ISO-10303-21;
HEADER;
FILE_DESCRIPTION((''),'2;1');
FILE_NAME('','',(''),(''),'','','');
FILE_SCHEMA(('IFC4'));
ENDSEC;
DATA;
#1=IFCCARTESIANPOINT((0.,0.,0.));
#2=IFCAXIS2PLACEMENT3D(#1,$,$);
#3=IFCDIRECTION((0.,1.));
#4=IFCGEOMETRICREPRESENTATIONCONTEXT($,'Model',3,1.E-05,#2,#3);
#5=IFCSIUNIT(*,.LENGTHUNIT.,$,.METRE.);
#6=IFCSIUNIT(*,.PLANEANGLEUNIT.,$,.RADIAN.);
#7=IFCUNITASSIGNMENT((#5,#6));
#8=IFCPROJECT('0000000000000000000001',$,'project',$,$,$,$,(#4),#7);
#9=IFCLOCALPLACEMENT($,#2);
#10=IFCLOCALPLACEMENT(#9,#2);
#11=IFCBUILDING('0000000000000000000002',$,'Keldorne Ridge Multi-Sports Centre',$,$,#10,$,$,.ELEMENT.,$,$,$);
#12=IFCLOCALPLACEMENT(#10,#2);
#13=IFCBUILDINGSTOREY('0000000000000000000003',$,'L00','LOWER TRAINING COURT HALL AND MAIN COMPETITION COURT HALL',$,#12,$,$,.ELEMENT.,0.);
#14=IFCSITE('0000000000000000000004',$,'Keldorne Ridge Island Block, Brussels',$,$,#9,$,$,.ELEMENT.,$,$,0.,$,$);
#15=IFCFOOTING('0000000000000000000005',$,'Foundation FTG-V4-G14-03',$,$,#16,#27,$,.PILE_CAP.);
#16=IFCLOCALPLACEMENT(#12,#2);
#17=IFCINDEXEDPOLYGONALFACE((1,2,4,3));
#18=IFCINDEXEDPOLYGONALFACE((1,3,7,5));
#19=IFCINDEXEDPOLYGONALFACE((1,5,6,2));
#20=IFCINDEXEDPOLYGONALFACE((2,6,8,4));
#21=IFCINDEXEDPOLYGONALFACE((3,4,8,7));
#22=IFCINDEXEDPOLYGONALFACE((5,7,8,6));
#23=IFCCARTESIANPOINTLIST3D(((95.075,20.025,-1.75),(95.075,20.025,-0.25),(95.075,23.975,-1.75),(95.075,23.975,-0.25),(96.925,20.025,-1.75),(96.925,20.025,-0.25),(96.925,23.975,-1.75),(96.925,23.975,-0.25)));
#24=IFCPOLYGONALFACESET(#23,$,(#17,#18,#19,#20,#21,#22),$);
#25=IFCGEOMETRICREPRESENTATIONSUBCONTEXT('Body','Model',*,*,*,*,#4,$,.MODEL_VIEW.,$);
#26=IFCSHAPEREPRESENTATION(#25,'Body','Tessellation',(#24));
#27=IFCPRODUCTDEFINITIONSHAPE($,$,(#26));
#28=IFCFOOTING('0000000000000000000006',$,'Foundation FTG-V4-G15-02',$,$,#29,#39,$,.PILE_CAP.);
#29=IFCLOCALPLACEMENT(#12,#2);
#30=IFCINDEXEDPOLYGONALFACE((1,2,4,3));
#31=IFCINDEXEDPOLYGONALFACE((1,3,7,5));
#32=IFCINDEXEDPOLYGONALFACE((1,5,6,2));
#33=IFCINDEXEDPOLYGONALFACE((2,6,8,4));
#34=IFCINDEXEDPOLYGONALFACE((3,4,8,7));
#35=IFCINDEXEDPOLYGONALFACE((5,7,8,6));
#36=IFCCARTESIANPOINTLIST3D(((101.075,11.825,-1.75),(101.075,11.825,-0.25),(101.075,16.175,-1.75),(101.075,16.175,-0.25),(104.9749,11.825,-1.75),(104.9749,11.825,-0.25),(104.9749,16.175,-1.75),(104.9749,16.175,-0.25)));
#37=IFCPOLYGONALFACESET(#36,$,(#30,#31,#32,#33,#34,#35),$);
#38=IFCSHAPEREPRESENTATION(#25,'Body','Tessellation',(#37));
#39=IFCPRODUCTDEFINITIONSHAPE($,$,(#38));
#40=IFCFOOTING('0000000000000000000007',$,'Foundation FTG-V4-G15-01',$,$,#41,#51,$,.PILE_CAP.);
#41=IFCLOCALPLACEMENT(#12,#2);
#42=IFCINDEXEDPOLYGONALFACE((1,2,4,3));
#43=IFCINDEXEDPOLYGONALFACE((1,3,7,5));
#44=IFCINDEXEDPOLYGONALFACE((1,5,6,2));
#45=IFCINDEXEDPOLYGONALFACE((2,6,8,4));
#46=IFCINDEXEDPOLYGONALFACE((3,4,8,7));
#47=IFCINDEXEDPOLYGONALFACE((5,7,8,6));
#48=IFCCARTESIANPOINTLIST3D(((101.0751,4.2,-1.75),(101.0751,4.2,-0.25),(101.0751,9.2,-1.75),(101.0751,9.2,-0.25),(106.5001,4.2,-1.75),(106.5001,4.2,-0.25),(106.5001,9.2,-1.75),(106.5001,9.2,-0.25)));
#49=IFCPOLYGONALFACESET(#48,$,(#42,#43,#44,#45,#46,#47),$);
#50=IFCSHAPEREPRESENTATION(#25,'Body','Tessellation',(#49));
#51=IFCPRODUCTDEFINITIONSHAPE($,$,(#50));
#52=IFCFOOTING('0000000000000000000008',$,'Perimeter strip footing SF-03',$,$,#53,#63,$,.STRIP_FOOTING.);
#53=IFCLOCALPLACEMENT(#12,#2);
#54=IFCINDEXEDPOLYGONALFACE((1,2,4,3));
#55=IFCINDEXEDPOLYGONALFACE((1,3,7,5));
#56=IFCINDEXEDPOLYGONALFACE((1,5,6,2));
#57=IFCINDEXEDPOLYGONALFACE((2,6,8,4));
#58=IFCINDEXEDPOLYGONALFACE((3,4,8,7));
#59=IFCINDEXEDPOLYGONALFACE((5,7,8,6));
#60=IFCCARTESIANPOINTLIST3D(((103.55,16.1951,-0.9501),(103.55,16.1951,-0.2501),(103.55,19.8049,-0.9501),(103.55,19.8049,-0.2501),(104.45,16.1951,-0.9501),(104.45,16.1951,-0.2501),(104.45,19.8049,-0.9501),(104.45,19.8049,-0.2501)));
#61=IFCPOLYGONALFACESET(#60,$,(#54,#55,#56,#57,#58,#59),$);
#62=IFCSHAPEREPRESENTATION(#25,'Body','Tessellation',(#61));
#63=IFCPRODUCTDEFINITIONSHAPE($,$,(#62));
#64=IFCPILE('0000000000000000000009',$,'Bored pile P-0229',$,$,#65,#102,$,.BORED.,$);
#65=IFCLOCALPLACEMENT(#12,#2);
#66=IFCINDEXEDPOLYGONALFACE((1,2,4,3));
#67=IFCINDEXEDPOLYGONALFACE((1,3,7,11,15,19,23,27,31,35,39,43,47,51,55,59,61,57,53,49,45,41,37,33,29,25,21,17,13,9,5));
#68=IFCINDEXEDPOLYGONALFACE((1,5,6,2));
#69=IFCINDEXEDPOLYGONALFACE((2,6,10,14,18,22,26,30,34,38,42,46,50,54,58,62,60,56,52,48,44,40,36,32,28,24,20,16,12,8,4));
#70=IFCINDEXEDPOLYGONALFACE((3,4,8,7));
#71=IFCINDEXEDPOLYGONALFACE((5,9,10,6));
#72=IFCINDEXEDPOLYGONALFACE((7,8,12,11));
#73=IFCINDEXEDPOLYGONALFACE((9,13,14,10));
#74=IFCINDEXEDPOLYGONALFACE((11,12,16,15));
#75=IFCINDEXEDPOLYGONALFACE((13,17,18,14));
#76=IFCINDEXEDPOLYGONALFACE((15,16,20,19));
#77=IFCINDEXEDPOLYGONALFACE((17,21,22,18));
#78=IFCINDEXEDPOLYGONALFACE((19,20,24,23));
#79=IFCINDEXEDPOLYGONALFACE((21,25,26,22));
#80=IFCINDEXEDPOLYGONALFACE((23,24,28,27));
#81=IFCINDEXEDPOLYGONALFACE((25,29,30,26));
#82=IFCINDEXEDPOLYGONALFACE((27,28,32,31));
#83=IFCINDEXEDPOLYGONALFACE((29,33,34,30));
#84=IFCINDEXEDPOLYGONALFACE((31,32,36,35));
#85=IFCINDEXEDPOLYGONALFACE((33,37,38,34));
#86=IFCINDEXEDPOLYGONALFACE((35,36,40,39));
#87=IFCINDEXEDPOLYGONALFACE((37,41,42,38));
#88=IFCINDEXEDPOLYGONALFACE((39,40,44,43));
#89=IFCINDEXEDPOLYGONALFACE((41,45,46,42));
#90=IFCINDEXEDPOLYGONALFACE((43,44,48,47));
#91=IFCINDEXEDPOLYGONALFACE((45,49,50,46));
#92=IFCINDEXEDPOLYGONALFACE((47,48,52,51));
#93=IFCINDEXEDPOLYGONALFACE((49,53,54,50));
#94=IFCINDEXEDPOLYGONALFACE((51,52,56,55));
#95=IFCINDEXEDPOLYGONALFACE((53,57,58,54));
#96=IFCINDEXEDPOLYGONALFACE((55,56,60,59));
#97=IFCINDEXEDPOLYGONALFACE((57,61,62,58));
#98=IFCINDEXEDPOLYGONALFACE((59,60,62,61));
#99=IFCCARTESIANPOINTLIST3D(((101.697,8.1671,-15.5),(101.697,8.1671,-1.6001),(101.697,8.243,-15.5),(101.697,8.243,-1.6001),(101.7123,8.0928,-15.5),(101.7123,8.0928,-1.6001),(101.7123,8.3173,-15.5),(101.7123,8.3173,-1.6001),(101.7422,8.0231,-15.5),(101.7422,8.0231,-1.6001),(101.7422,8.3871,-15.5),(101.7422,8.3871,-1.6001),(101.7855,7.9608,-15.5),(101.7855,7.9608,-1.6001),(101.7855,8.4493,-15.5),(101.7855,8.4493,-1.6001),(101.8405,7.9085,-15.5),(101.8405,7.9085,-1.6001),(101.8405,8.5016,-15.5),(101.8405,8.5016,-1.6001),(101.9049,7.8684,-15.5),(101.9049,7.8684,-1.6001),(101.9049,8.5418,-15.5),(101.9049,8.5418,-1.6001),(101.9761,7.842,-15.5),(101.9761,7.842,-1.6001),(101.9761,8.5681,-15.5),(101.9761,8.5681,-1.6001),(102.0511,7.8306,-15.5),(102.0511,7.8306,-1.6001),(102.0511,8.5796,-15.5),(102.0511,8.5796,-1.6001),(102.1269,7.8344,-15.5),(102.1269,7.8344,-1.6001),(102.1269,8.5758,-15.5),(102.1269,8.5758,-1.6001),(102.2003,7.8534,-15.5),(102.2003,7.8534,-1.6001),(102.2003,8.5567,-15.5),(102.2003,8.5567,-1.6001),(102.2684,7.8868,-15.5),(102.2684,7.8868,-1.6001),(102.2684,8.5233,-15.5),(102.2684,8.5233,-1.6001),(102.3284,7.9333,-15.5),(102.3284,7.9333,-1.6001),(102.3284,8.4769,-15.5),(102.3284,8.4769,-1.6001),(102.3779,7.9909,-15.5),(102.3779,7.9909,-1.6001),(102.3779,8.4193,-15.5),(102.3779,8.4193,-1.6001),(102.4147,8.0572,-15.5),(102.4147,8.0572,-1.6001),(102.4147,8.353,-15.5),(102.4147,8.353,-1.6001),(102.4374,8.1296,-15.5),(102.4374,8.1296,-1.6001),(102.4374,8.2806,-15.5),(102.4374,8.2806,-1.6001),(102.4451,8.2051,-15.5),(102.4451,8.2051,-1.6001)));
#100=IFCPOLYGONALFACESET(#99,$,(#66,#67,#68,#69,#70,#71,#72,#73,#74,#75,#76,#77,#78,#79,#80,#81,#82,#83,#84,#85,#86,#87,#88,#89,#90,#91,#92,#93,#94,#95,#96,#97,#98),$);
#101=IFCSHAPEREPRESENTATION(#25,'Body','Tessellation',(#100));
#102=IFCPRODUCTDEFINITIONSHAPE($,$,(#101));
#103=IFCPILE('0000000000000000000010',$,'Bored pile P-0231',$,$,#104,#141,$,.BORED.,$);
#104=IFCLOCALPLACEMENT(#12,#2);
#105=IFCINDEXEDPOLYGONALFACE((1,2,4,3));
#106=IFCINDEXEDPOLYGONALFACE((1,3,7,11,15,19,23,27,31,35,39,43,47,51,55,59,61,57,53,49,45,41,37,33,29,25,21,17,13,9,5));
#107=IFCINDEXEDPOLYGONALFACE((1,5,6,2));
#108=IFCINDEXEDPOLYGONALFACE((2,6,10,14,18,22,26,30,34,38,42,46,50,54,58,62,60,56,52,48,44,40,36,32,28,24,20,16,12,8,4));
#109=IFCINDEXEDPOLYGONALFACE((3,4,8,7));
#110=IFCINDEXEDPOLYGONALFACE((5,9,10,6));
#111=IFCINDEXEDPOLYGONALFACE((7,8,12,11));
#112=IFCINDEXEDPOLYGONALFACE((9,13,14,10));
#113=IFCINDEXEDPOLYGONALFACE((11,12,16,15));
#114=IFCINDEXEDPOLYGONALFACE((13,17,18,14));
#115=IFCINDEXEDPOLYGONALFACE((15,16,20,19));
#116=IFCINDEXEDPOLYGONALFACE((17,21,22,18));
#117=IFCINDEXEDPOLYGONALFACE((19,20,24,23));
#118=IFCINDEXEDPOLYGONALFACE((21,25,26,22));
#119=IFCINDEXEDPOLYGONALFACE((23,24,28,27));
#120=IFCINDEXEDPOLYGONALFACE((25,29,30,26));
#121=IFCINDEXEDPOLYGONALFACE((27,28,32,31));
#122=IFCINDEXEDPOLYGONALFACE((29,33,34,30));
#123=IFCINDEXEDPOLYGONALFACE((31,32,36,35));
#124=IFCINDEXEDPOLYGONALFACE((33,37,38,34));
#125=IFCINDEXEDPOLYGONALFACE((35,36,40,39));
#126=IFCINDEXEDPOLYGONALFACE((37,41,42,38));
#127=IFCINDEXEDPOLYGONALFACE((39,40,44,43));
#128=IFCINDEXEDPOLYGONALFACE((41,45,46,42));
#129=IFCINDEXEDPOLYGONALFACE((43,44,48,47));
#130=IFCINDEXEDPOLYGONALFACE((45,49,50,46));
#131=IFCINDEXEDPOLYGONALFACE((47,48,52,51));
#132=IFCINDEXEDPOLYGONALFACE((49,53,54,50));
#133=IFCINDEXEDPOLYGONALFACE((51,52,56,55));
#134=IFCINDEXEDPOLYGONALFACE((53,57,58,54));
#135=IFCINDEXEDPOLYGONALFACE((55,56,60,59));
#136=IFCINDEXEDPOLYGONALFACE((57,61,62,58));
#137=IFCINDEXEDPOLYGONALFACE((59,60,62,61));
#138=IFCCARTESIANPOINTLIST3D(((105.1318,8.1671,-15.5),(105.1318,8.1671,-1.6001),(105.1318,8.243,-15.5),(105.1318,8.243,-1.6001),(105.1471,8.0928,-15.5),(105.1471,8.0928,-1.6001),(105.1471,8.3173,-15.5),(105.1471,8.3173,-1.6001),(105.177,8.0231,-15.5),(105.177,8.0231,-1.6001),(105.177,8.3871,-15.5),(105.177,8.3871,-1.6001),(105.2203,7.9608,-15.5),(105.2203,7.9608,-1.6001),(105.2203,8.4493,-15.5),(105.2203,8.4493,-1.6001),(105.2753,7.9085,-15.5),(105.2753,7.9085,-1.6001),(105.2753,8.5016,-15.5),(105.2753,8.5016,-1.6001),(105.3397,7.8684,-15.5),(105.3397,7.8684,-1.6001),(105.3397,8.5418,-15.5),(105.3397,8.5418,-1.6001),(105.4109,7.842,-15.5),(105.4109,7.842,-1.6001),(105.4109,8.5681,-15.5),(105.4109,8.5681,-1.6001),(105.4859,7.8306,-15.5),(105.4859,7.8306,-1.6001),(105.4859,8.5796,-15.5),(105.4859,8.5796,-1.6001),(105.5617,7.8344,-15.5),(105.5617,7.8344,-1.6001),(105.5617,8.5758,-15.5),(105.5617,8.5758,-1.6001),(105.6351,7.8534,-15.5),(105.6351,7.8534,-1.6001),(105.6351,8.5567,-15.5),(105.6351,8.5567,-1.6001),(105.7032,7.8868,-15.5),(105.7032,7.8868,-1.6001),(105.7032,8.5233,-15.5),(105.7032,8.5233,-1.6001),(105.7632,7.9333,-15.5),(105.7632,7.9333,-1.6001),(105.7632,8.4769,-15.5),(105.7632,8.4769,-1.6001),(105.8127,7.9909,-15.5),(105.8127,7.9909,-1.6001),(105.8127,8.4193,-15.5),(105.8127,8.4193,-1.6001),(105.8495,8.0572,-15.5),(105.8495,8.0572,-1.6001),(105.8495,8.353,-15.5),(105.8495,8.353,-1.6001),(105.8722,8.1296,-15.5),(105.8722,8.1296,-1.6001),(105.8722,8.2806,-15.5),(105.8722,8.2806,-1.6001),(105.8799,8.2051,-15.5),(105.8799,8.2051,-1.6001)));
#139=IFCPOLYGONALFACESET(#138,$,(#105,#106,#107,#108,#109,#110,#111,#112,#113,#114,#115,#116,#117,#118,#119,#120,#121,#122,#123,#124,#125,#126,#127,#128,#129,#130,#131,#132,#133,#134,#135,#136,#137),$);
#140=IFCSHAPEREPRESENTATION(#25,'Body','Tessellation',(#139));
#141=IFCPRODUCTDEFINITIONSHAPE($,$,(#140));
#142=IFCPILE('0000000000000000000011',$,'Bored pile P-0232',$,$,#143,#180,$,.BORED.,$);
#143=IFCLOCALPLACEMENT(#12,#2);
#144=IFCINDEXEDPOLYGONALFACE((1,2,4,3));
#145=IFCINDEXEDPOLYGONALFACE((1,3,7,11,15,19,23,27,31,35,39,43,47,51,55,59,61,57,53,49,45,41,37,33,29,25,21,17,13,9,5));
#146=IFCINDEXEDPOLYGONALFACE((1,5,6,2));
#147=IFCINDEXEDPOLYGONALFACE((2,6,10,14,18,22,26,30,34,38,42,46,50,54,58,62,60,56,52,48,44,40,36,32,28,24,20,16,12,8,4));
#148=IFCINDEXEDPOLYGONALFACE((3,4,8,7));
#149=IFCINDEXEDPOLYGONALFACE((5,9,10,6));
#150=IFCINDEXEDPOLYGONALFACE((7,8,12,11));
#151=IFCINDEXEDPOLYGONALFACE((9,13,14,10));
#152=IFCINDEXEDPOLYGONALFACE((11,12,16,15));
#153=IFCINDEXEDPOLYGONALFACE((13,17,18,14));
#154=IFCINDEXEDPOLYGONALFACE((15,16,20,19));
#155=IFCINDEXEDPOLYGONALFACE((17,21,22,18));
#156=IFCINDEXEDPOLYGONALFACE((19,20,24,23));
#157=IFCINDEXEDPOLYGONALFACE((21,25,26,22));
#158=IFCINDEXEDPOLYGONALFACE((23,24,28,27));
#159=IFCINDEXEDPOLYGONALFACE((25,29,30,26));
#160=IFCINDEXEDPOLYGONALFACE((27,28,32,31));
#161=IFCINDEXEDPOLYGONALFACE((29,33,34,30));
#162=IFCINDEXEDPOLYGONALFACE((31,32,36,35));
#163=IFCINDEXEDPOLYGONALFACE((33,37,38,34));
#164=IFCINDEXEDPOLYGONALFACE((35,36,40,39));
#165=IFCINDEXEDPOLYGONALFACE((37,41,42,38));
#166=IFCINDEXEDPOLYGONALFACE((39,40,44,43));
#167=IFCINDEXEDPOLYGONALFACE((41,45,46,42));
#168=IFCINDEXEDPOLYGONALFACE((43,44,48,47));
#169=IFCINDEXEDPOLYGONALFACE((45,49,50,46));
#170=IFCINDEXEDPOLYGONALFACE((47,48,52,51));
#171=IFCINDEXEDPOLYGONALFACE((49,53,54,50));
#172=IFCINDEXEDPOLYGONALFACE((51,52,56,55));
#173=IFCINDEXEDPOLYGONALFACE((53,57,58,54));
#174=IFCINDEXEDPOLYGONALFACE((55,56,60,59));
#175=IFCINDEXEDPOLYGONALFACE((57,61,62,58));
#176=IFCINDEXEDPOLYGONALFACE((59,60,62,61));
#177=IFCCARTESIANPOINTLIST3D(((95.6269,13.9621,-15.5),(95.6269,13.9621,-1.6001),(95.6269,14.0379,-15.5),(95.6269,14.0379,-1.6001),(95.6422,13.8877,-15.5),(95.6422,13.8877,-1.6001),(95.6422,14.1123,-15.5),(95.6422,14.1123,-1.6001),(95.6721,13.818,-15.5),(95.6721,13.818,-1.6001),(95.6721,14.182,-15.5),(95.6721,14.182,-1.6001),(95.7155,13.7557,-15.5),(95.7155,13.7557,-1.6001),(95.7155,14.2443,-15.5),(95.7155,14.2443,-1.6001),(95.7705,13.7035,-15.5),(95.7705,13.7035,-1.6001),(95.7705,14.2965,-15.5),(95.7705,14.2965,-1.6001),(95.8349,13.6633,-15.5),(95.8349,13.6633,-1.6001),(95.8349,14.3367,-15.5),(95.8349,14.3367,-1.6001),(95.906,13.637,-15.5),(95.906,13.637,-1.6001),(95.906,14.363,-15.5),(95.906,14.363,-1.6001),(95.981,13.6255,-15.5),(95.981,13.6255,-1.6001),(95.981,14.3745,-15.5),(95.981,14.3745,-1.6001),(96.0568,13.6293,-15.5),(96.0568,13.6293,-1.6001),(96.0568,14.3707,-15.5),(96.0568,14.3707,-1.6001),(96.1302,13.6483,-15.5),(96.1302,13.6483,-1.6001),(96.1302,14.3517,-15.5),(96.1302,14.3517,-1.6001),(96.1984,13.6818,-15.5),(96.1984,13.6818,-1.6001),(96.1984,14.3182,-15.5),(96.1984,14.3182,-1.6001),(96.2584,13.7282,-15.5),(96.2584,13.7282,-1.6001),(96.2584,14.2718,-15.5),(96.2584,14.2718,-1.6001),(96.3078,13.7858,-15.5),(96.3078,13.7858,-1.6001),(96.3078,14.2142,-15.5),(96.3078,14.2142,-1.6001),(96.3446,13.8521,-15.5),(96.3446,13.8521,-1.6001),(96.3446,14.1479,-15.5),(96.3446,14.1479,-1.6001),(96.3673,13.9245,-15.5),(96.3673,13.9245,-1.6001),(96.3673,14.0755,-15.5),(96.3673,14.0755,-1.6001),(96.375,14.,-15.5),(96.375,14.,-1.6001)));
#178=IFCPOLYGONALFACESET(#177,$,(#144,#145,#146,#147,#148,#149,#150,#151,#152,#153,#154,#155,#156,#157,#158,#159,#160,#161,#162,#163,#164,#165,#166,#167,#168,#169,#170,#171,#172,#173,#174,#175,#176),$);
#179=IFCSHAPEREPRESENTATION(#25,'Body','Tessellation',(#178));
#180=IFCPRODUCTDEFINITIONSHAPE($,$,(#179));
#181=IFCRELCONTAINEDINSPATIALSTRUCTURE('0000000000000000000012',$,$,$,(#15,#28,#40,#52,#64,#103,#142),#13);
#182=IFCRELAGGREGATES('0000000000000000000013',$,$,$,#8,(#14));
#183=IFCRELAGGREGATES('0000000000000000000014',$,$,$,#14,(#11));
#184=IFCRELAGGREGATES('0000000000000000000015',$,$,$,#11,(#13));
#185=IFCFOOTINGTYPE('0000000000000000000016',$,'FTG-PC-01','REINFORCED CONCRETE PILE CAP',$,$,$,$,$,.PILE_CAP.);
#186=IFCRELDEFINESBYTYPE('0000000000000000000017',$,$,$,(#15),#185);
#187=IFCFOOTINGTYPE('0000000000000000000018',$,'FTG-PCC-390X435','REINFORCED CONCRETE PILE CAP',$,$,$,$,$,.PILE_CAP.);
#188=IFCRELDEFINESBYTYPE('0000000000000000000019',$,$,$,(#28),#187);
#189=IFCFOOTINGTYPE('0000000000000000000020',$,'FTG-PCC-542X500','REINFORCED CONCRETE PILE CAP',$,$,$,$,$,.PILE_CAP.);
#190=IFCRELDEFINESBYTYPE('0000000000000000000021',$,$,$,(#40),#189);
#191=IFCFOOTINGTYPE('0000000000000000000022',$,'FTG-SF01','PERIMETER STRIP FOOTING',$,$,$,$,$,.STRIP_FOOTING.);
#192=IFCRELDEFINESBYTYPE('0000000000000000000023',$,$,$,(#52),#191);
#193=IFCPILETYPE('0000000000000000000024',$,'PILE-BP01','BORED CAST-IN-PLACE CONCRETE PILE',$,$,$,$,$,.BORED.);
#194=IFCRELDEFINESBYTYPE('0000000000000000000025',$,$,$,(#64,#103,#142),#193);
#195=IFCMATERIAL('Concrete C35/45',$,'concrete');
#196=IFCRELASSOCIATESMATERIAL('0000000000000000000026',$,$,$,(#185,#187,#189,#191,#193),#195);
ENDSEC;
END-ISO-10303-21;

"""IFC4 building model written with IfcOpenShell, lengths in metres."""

from ifc_helpers import new_model, si_unit, direction, frame, origin, origin_2d, place, context, subcontext, project, spatial, rectangle, circle, extrude, material, material_profile, profile_set, type_object, element, save


model = new_model("IFC4")

# Units and contexts
model_context = context("Model", 3, precision=1e-05, world=origin(), true_north=direction((0.0, 1.0)))
body_context = subcontext(model_context, "Body", "Model", "MODEL_VIEW")
ifc_project = project(units=[si_unit("LENGTHUNIT", "METRE"), si_unit("PLANEANGLEUNIT", "RADIAN")], contexts=[model_context])

# Site, building, storey
site_placement = place(None, origin())
site = spatial("IfcSite", under=ifc_project, at=site_placement, Name="Keldorne Ridge Island Block, Brussels", CompositionType="ELEMENT", RefElevation=0.0)
building_placement = place(site_placement, origin())
building = spatial("IfcBuilding", under=site, at=building_placement, Name="Keldorne Ridge Multi-Sports Centre", CompositionType="ELEMENT")
storey_placement = place(building_placement, origin())
storey = spatial("IfcBuildingStorey", under=building, at=storey_placement, Name="L00", Description="LOWER TRAINING COURT HALL AND MAIN COMPETITION COURT HALL", CompositionType="ELEMENT", Elevation=0.0)

# Footings
ifc_material_1 = material(Name="Concrete C35/45", Category="concrete")
footing_type_1 = type_object("IfcFootingType", Name="FTG-PC-01", Description="REINFORCED CONCRETE PILE CAP", PredefinedType="PILE_CAP", material=ifc_material_1)
footing_1_placement = place(storey_placement, frame((96.0, 22.0, -1.75), z_axis=(0.0, 0.0, 1.0), x_axis=(1.0, 0.0, 0.0)))
element("IfcFooting", 1, at=footing_1_placement, inside=storey, type_object=footing_type_1, Name="Foundation FTG-V4-G14-03", PredefinedType="PILE_CAP", context=body_context, shape_type="SweptSolid", body=[
    extrude(rectangle(XDim=1.8501, YDim=3.95, at=origin_2d()), origin(), (0.0, 0.0, 1.0), 1.5),
])
footing_type_2 = type_object("IfcFootingType", Name="FTG-PCC-390X435", Description="REINFORCED CONCRETE PILE CAP", PredefinedType="PILE_CAP", material=ifc_material_1)
footing_2_placement = place(storey_placement, frame((103.0249, 14.0, -1.75), z_axis=(0.0, 0.0, 1.0), x_axis=(1.0, 0.0, 0.0)))
element("IfcFooting", 2, at=footing_2_placement, inside=storey, type_object=footing_type_2, Name="Foundation FTG-V4-G15-02", PredefinedType="PILE_CAP", context=body_context, shape_type="SweptSolid", body=[
    extrude(rectangle(XDim=3.8999, YDim=4.3501, at=origin_2d()), origin(), (0.0, 0.0, 1.0), 1.5),
])
footing_type_3 = type_object("IfcFootingType", Name="FTG-PCC-542X500", Description="REINFORCED CONCRETE PILE CAP", PredefinedType="PILE_CAP", material=ifc_material_1)
footing_3_placement = place(storey_placement, frame((103.7876, 6.7, -1.75), z_axis=(0.0, 0.0, 1.0), x_axis=(1.0, 0.0, 0.0)))
element("IfcFooting", 3, at=footing_3_placement, inside=storey, type_object=footing_type_3, Name="Foundation FTG-V4-G15-01", PredefinedType="PILE_CAP", context=body_context, shape_type="SweptSolid", body=[
    extrude(rectangle(XDim=5.425, YDim=5.0, at=origin_2d()), origin(), (0.0, 0.0, 1.0), 1.5),
])
ifc_material_profile_1 = material_profile(ifc_material_1, rectangle(XDim=0.8999, YDim=0.7, at=origin_2d()), Name="SF 900x700")
ifc_profile_set_1 = profile_set([ifc_material_profile_1], Name="Concrete C35/45")
footing_type_4 = type_object("IfcFootingType", Name="FTG-SF01", Description="PERIMETER STRIP FOOTING", PredefinedType="STRIP_FOOTING", material=ifc_profile_set_1)
footing_4_placement = place(storey_placement, frame((104.0, 16.1951, -0.6001), z_axis=(0.0, 1.0, 0.0), x_axis=(-1.0, 0.0, 0.0)))
element("IfcFooting", 4, at=footing_4_placement, inside=storey, type_object=footing_type_4, Name="Perimeter strip footing SF-03", PredefinedType="STRIP_FOOTING", context=body_context, shape_type="SweptSolid", body=[
    extrude(rectangle(XDim=0.8999, YDim=0.7, at=origin_2d()), origin(), (0.0, 0.0, 1.0), 3.6099),
])

# Piles
ifc_material_profile_2 = material_profile(ifc_material_1, circle(Radius=0.375, at=origin_2d()), Name="BORED PILE D750")
ifc_profile_set_2 = profile_set([ifc_material_profile_2], Name="Concrete C35/45")
pile_type = type_object("IfcPileType", Name="PILE-BP01", Description="BORED CAST-IN-PLACE CONCRETE PILE", PredefinedType="BORED", material=ifc_profile_set_2)
for number, where, z_axis, x_axis, name in (
    (5, (102.0701, 8.2051, -1.6001), (0.0, 0.0, -1.0), (1.0, 0.0, 0.0), "Bored pile P-0229"),
    (6, (105.5049, 8.2051, -1.6001), (0.0, 0.0, -1.0), (1.0, 0.0, 0.0), "Bored pile P-0231"),
    (7, (96.0, 14.0, -1.6001), (0.0, 0.0, -1.0), (1.0, 0.0, 0.0), "Bored pile P-0232"),
):
    element("IfcPile", number, at=place(storey_placement, frame(where, z_axis=z_axis, x_axis=x_axis)), inside=storey, type_object=pile_type, Name=name, PredefinedType="BORED", context=body_context, shape_type="SweptSolid", body=[
        extrude(circle(Radius=0.375, at=origin_2d()), origin(), (0.0, 0.0, 1.0), 13.8999),
    ])

save(model, "model.ifc")
